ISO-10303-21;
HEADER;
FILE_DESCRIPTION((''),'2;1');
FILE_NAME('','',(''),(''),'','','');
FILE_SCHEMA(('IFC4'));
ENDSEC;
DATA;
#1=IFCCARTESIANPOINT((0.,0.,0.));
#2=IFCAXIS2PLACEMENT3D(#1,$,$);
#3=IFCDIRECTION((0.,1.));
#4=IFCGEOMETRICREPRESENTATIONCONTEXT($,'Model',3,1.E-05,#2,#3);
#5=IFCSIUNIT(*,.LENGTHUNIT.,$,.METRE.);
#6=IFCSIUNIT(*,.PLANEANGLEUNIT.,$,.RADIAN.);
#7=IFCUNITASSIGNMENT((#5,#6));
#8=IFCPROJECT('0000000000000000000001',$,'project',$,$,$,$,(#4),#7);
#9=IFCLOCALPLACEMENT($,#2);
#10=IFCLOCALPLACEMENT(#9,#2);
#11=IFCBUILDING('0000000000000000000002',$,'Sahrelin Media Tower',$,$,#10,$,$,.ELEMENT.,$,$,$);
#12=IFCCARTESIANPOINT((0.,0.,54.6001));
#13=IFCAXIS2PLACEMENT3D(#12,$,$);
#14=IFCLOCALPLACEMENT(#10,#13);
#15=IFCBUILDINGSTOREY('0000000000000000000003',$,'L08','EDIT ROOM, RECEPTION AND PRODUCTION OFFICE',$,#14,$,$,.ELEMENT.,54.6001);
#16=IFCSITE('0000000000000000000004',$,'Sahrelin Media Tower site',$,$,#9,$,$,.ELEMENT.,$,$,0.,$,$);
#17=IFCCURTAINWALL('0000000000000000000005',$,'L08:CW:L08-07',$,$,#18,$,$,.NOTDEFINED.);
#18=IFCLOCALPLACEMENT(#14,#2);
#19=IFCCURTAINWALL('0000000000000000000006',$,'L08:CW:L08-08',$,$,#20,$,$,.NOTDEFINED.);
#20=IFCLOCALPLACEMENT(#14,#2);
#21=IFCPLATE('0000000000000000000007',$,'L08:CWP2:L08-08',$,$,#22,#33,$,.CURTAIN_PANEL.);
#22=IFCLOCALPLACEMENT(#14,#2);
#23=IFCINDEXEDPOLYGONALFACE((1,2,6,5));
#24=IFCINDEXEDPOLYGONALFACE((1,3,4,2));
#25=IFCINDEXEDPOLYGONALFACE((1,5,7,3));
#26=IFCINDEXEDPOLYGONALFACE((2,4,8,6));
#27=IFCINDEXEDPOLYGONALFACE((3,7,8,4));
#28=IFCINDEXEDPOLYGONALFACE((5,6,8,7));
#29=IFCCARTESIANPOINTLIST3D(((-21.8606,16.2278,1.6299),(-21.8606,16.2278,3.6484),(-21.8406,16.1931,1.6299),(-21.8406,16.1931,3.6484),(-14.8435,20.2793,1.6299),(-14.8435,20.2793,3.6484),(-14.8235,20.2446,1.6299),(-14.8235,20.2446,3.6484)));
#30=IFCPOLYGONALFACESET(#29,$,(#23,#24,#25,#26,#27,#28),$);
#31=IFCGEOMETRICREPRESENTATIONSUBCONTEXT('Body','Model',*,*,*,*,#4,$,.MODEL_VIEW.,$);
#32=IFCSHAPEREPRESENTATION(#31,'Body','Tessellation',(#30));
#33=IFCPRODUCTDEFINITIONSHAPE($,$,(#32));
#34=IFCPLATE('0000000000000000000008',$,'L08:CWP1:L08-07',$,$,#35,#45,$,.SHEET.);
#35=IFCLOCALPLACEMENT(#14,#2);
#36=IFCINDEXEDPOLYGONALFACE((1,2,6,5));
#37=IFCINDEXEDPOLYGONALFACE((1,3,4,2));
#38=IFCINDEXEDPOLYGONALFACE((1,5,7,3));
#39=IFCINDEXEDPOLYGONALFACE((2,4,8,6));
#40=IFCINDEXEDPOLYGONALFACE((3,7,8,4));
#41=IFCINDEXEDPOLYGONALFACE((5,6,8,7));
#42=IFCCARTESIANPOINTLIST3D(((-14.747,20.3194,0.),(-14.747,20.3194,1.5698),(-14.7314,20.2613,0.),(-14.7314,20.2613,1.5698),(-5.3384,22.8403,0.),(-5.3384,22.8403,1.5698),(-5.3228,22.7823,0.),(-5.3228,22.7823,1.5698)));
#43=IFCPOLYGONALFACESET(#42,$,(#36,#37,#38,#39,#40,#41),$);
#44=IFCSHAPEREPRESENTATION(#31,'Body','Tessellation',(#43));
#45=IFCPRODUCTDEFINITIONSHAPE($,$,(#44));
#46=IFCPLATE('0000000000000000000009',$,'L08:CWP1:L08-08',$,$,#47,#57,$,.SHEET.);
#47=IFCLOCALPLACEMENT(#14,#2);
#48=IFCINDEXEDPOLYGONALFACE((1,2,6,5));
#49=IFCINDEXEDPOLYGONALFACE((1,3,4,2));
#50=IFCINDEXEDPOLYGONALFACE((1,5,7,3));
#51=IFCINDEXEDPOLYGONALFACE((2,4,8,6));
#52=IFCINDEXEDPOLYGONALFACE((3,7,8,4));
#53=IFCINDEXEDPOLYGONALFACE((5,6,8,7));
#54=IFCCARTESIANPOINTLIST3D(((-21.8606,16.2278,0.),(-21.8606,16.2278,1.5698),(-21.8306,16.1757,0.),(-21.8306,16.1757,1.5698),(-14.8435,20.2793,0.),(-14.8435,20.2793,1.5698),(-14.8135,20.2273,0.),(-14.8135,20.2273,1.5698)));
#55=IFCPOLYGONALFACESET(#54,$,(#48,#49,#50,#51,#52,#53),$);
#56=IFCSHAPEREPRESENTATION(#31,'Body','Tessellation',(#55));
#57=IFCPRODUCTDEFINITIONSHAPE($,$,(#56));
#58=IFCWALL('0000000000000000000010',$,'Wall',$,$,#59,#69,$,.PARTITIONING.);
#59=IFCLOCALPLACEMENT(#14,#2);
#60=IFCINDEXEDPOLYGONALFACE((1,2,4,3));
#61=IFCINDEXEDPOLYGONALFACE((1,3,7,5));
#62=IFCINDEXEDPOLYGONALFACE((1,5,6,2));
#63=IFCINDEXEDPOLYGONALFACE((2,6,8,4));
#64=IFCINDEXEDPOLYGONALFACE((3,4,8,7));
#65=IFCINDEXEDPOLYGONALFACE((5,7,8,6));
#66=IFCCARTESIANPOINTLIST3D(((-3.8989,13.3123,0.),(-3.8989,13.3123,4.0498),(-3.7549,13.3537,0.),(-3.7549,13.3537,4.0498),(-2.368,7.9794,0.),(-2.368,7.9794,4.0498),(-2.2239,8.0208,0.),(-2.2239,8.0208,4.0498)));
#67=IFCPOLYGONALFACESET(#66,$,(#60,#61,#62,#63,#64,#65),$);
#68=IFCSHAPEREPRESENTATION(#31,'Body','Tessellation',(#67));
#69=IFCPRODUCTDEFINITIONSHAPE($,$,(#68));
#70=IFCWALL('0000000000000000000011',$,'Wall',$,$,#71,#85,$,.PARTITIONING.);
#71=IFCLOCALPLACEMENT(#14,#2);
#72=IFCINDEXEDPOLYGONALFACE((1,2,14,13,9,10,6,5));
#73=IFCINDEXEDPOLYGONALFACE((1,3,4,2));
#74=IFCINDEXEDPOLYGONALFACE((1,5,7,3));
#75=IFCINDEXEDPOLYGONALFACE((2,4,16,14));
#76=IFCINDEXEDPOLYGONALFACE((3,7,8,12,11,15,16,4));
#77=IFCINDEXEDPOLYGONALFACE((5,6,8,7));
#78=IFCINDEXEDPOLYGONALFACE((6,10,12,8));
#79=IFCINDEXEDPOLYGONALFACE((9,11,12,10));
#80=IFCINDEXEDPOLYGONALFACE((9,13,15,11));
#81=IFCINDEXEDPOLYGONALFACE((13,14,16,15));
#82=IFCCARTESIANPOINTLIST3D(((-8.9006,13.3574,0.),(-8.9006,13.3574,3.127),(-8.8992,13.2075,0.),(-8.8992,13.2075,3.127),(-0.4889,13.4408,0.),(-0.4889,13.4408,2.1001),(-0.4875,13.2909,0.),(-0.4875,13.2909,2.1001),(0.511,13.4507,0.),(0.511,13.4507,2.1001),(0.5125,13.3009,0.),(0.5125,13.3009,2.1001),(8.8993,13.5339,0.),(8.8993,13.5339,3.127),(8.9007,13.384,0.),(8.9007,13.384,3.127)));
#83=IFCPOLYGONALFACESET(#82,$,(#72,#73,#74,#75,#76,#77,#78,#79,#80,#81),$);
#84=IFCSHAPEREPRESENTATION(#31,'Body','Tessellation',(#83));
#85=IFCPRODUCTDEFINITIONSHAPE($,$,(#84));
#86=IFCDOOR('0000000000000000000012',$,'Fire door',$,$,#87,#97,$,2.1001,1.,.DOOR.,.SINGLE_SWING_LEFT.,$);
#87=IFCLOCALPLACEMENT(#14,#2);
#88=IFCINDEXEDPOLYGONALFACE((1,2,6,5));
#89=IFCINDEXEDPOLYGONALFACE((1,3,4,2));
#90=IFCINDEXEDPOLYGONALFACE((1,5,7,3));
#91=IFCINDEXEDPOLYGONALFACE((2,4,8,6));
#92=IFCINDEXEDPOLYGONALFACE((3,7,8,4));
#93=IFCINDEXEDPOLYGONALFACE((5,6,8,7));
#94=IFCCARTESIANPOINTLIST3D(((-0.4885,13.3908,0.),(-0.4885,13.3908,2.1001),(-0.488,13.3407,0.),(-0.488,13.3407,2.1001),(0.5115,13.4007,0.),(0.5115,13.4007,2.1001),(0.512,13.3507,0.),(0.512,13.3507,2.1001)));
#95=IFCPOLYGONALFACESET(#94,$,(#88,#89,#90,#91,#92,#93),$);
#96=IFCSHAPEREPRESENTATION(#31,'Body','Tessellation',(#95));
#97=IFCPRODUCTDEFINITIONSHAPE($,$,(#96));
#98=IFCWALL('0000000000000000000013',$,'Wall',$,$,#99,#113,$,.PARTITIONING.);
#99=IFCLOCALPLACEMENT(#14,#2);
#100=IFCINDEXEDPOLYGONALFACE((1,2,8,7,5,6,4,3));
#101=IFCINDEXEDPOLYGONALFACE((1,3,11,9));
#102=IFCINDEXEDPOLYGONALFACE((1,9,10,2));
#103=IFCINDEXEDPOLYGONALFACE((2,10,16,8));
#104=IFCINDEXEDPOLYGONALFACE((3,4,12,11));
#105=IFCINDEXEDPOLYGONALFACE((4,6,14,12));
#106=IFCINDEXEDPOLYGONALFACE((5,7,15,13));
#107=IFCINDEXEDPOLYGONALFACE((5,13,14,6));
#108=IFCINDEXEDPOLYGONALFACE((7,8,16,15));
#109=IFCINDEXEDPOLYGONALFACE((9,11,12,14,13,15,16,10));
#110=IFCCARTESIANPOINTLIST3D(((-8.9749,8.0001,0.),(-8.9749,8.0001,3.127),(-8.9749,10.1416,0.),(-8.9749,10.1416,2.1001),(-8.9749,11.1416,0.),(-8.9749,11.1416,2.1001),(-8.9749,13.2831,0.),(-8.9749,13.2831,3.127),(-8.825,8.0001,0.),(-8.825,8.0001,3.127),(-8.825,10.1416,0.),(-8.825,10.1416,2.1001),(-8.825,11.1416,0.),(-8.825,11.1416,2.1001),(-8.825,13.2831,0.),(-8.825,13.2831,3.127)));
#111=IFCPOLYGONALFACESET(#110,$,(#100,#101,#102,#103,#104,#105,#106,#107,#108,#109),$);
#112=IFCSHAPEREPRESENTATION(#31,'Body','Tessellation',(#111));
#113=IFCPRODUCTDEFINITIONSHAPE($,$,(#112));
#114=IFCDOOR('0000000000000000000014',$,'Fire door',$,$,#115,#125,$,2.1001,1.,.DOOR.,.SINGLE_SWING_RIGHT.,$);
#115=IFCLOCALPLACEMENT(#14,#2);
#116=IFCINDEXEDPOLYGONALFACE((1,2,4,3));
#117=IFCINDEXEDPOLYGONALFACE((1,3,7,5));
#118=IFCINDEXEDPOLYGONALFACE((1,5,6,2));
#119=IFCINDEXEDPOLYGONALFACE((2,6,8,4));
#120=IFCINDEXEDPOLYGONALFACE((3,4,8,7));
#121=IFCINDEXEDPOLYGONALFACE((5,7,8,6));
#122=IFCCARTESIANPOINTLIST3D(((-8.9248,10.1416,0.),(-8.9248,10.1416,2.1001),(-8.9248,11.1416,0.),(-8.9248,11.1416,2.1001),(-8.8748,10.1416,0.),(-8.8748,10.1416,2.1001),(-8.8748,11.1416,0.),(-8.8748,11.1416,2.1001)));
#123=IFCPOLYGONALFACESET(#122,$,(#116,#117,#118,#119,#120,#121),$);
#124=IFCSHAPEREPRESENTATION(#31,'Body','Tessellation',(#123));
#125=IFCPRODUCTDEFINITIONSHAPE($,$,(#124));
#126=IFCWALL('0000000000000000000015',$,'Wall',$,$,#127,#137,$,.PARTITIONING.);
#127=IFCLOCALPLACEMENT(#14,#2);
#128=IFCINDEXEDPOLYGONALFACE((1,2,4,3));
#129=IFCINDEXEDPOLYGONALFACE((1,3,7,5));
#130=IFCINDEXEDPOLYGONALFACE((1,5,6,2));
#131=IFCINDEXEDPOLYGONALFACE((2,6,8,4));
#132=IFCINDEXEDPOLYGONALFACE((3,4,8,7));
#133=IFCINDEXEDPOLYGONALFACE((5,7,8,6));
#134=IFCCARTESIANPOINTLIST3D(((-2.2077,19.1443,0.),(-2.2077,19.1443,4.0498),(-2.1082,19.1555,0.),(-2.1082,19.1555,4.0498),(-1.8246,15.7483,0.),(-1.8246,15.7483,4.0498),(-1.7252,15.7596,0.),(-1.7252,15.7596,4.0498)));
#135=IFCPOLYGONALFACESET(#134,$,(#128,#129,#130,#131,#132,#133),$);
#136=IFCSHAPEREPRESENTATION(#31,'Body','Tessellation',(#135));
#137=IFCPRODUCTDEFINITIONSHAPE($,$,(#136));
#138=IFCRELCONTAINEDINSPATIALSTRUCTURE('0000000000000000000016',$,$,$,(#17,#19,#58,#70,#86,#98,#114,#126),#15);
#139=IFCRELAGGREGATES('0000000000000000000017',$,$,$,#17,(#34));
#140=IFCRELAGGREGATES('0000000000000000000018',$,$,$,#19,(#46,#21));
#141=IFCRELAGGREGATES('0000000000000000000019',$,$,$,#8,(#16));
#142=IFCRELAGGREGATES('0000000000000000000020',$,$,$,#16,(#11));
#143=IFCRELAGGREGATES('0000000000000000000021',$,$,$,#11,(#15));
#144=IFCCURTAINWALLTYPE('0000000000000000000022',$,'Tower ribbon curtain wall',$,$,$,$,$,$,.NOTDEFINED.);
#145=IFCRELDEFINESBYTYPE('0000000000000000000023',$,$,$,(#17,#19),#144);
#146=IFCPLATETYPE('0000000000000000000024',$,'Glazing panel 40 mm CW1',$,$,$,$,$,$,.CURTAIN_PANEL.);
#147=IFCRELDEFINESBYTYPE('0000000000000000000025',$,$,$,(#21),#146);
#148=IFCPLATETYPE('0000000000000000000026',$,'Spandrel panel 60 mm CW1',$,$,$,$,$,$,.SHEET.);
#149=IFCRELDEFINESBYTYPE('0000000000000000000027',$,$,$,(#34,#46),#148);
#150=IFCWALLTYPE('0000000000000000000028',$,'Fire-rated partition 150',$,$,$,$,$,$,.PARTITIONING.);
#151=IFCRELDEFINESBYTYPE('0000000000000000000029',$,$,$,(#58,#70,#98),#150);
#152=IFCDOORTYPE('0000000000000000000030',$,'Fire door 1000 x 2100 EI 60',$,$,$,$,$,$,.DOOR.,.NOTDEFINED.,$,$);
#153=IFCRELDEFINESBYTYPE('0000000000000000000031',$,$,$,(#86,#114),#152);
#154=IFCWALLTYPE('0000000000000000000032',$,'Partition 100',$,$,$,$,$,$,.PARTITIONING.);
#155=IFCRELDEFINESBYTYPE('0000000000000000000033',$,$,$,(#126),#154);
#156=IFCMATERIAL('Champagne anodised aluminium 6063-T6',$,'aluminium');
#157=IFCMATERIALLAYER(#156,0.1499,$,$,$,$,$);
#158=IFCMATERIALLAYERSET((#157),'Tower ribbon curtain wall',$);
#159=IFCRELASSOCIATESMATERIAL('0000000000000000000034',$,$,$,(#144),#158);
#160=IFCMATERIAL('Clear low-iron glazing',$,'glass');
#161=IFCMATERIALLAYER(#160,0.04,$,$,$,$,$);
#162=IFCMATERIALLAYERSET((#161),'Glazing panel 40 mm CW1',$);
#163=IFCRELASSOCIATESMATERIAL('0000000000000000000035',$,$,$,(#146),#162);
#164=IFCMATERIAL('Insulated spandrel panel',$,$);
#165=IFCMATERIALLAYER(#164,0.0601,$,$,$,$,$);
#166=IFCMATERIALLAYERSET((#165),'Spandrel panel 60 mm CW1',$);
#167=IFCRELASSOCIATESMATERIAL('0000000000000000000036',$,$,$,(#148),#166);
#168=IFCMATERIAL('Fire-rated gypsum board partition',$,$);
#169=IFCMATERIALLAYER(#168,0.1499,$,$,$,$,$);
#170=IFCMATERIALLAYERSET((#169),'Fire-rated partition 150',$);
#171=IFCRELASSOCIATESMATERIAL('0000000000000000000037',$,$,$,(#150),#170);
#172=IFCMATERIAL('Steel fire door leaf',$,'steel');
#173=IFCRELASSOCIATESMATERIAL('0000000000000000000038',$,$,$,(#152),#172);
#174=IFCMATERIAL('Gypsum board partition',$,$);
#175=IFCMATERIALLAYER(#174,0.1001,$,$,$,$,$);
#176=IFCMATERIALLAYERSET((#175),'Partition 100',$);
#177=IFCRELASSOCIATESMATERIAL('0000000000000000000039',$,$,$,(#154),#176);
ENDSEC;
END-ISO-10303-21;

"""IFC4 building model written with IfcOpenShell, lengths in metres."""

from ifc_helpers import new_model, si_unit, direction, frame, frame_2d, origin, place, context, subcontext, project, spatial, polyline, rectangle, outline, extrude, material, layer, layer_set, type_object, element, fill, aggregate, save


model = new_model("IFC4")

# Units and contexts
model_context = context("Model", 3, precision=1e-05, world=origin(), true_north=direction((0.0, 1.0)))
body_context = subcontext(model_context, "Body", "Model", "MODEL_VIEW")
ifc_project = project(units=[si_unit("LENGTHUNIT", "METRE"), si_unit("PLANEANGLEUNIT", "RADIAN")], contexts=[model_context])

# Site, building, storey
site_placement = place(None, origin())
site = spatial("IfcSite", under=ifc_project, at=site_placement, Name="Sahrelin Media Tower site", CompositionType="ELEMENT", RefElevation=0.0)
building_placement = place(site_placement, origin())
building = spatial("IfcBuilding", under=site, at=building_placement, Name="Sahrelin Media Tower", CompositionType="ELEMENT")
storey_placement = place(building_placement, frame((0.0, 0.0, 54.6001)))
storey = spatial("IfcBuildingStorey", under=building, at=storey_placement, Name="L08", Description="EDIT ROOM, RECEPTION AND PRODUCTION OFFICE", CompositionType="ELEMENT", Elevation=54.6001)

# Curtain wall
ifc_material_1 = material(Name="Champagne anodised aluminium 6063-T6", Category="aluminium")
ifc_layer_1 = layer(ifc_material_1, 0.1499)
ifc_layer_set_1 = layer_set([ifc_layer_1], Name="Tower ribbon curtain wall")
curtain_wall_type = type_object("IfcCurtainWallType", Name="Tower ribbon curtain wall", PredefinedType="NOTDEFINED", material=ifc_layer_set_1)
curtain_wall_1_placement = place(storey_placement, frame((-10.0376, 21.5603, 0.0), z_axis=(0.0, 0.0, 1.0), x_axis=(1.0, 0.0, 0.0)))
curtain_wall_1 = element("IfcCurtainWall", 1, at=curtain_wall_1_placement, inside=storey, type_object=curtain_wall_type, Name="L08:CW:L08-07", PredefinedType="NOTDEFINED")

# Curtain wall
curtain_wall_2_placement = place(storey_placement, frame((-18.342, 18.2363, 0.0), z_axis=(0.0, 0.0, 1.0), x_axis=(1.0, 0.0, 0.0)))
curtain_wall_2 = element("IfcCurtainWall", 2, at=curtain_wall_2_placement, inside=storey, type_object=curtain_wall_type, Name="L08:CW:L08-08", PredefinedType="NOTDEFINED")

# Plates
ifc_material_2 = material(Name="Clear low-iron glazing", Category="glass")
ifc_layer_2 = layer(ifc_material_2, 0.04)
ifc_layer_set_2 = layer_set([ifc_layer_2], Name="Glazing panel 40 mm CW1")
plate_type_1 = type_object("IfcPlateType", Name="Glazing panel 40 mm CW1", PredefinedType="CURTAIN_PANEL", material=ifc_layer_set_2)
plate_1_placement = place(storey_placement, frame((-14.8435, 20.2793, 1.6299), z_axis=(-0.500018, 0.866015, 0.0), x_axis=(-0.866015, -0.500018, 0.0)))
plate_1 = element("IfcPlate", 3, at=plate_1_placement, type_object=plate_type_1, Name="L08:CWP2:L08-08", PredefinedType="CURTAIN_PANEL", context=body_context, shape_type="SweptSolid", body=[
    extrude(outline(polyline([(0.0, 0.0), (8.1028, 0.0), (8.1028, 2.0186), (0.0, 2.0186), (0.0, 0.0)])), origin(), (0.0, 0.0, -1.0), 0.04),
])
ifc_material_3 = material(Name="Insulated spandrel panel")
ifc_layer_3 = layer(ifc_material_3, 0.0601)
ifc_layer_set_3 = layer_set([ifc_layer_3], Name="Spandrel panel 60 mm CW1")
plate_type_2 = type_object("IfcPlateType", Name="Spandrel panel 60 mm CW1", PredefinedType="SHEET", material=ifc_layer_set_3)
plate_2_placement = place(storey_placement, frame((-5.3384, 22.8403, 0.0), z_axis=(-0.258814, 0.965927, 0.0), x_axis=(-0.965927, -0.258814, 0.0)))
plate_2 = element("IfcPlate", 4, at=plate_2_placement, type_object=plate_type_2, Name="L08:CWP1:L08-07", PredefinedType="SHEET", context=body_context, shape_type="SweptSolid", body=[
    extrude(outline(polyline([(0.0, 0.0), (9.7405, 0.0), (9.7405, 1.5698), (0.0, 1.5698), (0.0, 0.0)])), origin(), (0.0, 0.0, -1.0), 0.0601),
])
aggregate(curtain_wall_1, [plate_2])
plate_3_placement = place(storey_placement, frame((-14.8435, 20.2793, 0.0), z_axis=(-0.500018, 0.866015, 0.0), x_axis=(-0.866015, -0.500018, 0.0)))
plate_3 = element("IfcPlate", 5, at=plate_3_placement, type_object=plate_type_2, Name="L08:CWP1:L08-08", PredefinedType="SHEET", context=body_context, shape_type="SweptSolid", body=[
    extrude(outline(polyline([(0.0, 0.0), (8.1028, 0.0), (8.1028, 1.5698), (0.0, 1.5698), (0.0, 0.0)])), origin(), (0.0, 0.0, -1.0), 0.0601),
])
aggregate(curtain_wall_2, [plate_3, plate_1])

# Wall
ifc_material_4 = material(Name="Fire-rated gypsum board partition")
ifc_layer_4 = layer(ifc_material_4, 0.1499)
ifc_layer_set_4 = layer_set([ifc_layer_4], Name="Fire-rated partition 150")
wall_type_1 = type_object("IfcWallType", Name="Fire-rated partition 150", PredefinedType="PARTITIONING", material=ifc_layer_set_4)
wall_1_placement = place(storey_placement, frame((-3.8269, 13.333, 0.0), z_axis=(0.0, 0.0, 1.0), x_axis=(0.275936, -0.961176, 0.0)))
element("IfcWall", 6, at=wall_1_placement, inside=storey, type_object=wall_type_1, Name="Wall", PredefinedType="PARTITIONING", context=body_context, shape_type="SweptSolid", body=[
    extrude(rectangle(XDim=5.5483, YDim=0.1499, at=frame_2d((2.7742, 0.0))), origin(), (0.0, 0.0, 1.0), 4.0498),
])

# Walls, openings, doors
wall_2_placement = place(storey_placement, frame((-8.8999, 13.2825, 0.0), z_axis=(0.0, 0.0, 1.0), x_axis=(0.999951, 0.009916, 0.0)))
wall_2 = element("IfcWall", 7, at=wall_2_placement, inside=storey, type_object=wall_type_1, Name="Wall", PredefinedType="PARTITIONING", context=body_context, shape_type="SweptSolid", body=[
    extrude(rectangle(XDim=17.8008, YDim=0.1499, at=frame_2d((8.9004, 0.0))), origin(), (0.0, 0.0, 1.0), 3.127),
])
opening_1_placement = place(wall_2_placement, frame((8.4121, 0.0, 0.0)))
opening_1 = element("IfcOpeningElement", 8, at=opening_1_placement, cuts=wall_2, PredefinedType="OPENING", context=body_context, shape_type="SweptSolid", body=[
    extrude(rectangle(XDim=1.0, YDim=2.1001, at=frame_2d((0.5, 1.05))), frame((0.0, 0.075, 0.0), z_axis=(0.0, -1.0, 0.0), x_axis=(1.0, 0.0, 0.0)), (0.0, 0.0, 1.0), 0.1499),
])
ifc_material_5 = material(Name="Steel fire door leaf", Category="steel")
door_type = type_object("IfcDoorType", Name="Fire door 1000 x 2100 EI 60", OperationType="NOTDEFINED", PredefinedType="DOOR", material=ifc_material_5)
door_1_placement = place(opening_1_placement, origin())
door_1 = element("IfcDoor", 9, at=door_1_placement, inside=storey, type_object=door_type, Name="Fire door", OperationType="SINGLE_SWING_LEFT", OverallHeight=2.1001, OverallWidth=1.0, PredefinedType="DOOR", context=body_context, shape_type="SweptSolid", body=[
    extrude(rectangle(XDim=1.0, YDim=2.1001, at=frame_2d((0.5, 1.05))), frame((0.0, 0.0249, 0.0), z_axis=(0.0, -1.0, 0.0), x_axis=(1.0, 0.0, 0.0)), (0.0, 0.0, 1.0), 0.05),
])
fill(opening_1, door_1)
wall_3_placement = place(storey_placement, frame((-8.8999, 8.0, 0.0), z_axis=(0.0, 0.0, 1.0), x_axis=(0.0, 1.0, 0.0)))
wall_3 = element("IfcWall", 10, at=wall_3_placement, inside=storey, type_object=wall_type_1, Name="Wall", PredefinedType="PARTITIONING", context=body_context, shape_type="SweptSolid", body=[
    extrude(rectangle(XDim=5.283, YDim=0.1499, at=frame_2d((2.6416, 0.0))), origin(), (0.0, 0.0, 1.0), 3.127),
])
opening_2_placement = place(wall_3_placement, frame((2.1416, 0.0, 0.0)))
opening_2 = element("IfcOpeningElement", 11, at=opening_2_placement, cuts=wall_3, PredefinedType="OPENING", context=body_context, shape_type="SweptSolid", body=[
    extrude(rectangle(XDim=1.0, YDim=2.1001, at=frame_2d((0.5, 1.05))), frame((0.0, 0.075, 0.0), z_axis=(0.0, -1.0, 0.0), x_axis=(1.0, 0.0, 0.0)), (0.0, 0.0, 1.0), 0.1499),
])
door_2_placement = place(opening_2_placement, origin())
door_2 = element("IfcDoor", 12, at=door_2_placement, inside=storey, type_object=door_type, Name="Fire door", OperationType="SINGLE_SWING_RIGHT", OverallHeight=2.1001, OverallWidth=1.0, PredefinedType="DOOR", context=body_context, shape_type="SweptSolid", body=[
    extrude(rectangle(XDim=1.0, YDim=2.1001, at=frame_2d((0.5, 1.05))), frame((0.0, 0.0249, 0.0), z_axis=(0.0, -1.0, 0.0), x_axis=(1.0, 0.0, 0.0)), (0.0, 0.0, 1.0), 0.05),
])
fill(opening_2, door_2)

# Wall
ifc_material_6 = material(Name="Gypsum board partition")
ifc_layer_5 = layer(ifc_material_6, 0.1001)
ifc_layer_set_5 = layer_set([ifc_layer_5], Name="Partition 100")
wall_type_2 = type_object("IfcWallType", Name="Partition 100", PredefinedType="PARTITIONING", material=ifc_layer_set_5)
wall_4_placement = place(storey_placement, frame((-2.158, 19.1499, 0.0), z_axis=(0.0, 0.0, 1.0), x_axis=(0.112086, -0.993699, 0.0)))
element("IfcWall", 13, at=wall_4_placement, inside=storey, type_object=wall_type_2, Name="Wall", PredefinedType="PARTITIONING", context=body_context, shape_type="SweptSolid", body=[
    extrude(rectangle(XDim=3.4175, YDim=0.1001, at=frame_2d((1.7087, 0.0))), origin(), (0.0, 0.0, 1.0), 4.0498),
])

save(model, "model.ifc")
